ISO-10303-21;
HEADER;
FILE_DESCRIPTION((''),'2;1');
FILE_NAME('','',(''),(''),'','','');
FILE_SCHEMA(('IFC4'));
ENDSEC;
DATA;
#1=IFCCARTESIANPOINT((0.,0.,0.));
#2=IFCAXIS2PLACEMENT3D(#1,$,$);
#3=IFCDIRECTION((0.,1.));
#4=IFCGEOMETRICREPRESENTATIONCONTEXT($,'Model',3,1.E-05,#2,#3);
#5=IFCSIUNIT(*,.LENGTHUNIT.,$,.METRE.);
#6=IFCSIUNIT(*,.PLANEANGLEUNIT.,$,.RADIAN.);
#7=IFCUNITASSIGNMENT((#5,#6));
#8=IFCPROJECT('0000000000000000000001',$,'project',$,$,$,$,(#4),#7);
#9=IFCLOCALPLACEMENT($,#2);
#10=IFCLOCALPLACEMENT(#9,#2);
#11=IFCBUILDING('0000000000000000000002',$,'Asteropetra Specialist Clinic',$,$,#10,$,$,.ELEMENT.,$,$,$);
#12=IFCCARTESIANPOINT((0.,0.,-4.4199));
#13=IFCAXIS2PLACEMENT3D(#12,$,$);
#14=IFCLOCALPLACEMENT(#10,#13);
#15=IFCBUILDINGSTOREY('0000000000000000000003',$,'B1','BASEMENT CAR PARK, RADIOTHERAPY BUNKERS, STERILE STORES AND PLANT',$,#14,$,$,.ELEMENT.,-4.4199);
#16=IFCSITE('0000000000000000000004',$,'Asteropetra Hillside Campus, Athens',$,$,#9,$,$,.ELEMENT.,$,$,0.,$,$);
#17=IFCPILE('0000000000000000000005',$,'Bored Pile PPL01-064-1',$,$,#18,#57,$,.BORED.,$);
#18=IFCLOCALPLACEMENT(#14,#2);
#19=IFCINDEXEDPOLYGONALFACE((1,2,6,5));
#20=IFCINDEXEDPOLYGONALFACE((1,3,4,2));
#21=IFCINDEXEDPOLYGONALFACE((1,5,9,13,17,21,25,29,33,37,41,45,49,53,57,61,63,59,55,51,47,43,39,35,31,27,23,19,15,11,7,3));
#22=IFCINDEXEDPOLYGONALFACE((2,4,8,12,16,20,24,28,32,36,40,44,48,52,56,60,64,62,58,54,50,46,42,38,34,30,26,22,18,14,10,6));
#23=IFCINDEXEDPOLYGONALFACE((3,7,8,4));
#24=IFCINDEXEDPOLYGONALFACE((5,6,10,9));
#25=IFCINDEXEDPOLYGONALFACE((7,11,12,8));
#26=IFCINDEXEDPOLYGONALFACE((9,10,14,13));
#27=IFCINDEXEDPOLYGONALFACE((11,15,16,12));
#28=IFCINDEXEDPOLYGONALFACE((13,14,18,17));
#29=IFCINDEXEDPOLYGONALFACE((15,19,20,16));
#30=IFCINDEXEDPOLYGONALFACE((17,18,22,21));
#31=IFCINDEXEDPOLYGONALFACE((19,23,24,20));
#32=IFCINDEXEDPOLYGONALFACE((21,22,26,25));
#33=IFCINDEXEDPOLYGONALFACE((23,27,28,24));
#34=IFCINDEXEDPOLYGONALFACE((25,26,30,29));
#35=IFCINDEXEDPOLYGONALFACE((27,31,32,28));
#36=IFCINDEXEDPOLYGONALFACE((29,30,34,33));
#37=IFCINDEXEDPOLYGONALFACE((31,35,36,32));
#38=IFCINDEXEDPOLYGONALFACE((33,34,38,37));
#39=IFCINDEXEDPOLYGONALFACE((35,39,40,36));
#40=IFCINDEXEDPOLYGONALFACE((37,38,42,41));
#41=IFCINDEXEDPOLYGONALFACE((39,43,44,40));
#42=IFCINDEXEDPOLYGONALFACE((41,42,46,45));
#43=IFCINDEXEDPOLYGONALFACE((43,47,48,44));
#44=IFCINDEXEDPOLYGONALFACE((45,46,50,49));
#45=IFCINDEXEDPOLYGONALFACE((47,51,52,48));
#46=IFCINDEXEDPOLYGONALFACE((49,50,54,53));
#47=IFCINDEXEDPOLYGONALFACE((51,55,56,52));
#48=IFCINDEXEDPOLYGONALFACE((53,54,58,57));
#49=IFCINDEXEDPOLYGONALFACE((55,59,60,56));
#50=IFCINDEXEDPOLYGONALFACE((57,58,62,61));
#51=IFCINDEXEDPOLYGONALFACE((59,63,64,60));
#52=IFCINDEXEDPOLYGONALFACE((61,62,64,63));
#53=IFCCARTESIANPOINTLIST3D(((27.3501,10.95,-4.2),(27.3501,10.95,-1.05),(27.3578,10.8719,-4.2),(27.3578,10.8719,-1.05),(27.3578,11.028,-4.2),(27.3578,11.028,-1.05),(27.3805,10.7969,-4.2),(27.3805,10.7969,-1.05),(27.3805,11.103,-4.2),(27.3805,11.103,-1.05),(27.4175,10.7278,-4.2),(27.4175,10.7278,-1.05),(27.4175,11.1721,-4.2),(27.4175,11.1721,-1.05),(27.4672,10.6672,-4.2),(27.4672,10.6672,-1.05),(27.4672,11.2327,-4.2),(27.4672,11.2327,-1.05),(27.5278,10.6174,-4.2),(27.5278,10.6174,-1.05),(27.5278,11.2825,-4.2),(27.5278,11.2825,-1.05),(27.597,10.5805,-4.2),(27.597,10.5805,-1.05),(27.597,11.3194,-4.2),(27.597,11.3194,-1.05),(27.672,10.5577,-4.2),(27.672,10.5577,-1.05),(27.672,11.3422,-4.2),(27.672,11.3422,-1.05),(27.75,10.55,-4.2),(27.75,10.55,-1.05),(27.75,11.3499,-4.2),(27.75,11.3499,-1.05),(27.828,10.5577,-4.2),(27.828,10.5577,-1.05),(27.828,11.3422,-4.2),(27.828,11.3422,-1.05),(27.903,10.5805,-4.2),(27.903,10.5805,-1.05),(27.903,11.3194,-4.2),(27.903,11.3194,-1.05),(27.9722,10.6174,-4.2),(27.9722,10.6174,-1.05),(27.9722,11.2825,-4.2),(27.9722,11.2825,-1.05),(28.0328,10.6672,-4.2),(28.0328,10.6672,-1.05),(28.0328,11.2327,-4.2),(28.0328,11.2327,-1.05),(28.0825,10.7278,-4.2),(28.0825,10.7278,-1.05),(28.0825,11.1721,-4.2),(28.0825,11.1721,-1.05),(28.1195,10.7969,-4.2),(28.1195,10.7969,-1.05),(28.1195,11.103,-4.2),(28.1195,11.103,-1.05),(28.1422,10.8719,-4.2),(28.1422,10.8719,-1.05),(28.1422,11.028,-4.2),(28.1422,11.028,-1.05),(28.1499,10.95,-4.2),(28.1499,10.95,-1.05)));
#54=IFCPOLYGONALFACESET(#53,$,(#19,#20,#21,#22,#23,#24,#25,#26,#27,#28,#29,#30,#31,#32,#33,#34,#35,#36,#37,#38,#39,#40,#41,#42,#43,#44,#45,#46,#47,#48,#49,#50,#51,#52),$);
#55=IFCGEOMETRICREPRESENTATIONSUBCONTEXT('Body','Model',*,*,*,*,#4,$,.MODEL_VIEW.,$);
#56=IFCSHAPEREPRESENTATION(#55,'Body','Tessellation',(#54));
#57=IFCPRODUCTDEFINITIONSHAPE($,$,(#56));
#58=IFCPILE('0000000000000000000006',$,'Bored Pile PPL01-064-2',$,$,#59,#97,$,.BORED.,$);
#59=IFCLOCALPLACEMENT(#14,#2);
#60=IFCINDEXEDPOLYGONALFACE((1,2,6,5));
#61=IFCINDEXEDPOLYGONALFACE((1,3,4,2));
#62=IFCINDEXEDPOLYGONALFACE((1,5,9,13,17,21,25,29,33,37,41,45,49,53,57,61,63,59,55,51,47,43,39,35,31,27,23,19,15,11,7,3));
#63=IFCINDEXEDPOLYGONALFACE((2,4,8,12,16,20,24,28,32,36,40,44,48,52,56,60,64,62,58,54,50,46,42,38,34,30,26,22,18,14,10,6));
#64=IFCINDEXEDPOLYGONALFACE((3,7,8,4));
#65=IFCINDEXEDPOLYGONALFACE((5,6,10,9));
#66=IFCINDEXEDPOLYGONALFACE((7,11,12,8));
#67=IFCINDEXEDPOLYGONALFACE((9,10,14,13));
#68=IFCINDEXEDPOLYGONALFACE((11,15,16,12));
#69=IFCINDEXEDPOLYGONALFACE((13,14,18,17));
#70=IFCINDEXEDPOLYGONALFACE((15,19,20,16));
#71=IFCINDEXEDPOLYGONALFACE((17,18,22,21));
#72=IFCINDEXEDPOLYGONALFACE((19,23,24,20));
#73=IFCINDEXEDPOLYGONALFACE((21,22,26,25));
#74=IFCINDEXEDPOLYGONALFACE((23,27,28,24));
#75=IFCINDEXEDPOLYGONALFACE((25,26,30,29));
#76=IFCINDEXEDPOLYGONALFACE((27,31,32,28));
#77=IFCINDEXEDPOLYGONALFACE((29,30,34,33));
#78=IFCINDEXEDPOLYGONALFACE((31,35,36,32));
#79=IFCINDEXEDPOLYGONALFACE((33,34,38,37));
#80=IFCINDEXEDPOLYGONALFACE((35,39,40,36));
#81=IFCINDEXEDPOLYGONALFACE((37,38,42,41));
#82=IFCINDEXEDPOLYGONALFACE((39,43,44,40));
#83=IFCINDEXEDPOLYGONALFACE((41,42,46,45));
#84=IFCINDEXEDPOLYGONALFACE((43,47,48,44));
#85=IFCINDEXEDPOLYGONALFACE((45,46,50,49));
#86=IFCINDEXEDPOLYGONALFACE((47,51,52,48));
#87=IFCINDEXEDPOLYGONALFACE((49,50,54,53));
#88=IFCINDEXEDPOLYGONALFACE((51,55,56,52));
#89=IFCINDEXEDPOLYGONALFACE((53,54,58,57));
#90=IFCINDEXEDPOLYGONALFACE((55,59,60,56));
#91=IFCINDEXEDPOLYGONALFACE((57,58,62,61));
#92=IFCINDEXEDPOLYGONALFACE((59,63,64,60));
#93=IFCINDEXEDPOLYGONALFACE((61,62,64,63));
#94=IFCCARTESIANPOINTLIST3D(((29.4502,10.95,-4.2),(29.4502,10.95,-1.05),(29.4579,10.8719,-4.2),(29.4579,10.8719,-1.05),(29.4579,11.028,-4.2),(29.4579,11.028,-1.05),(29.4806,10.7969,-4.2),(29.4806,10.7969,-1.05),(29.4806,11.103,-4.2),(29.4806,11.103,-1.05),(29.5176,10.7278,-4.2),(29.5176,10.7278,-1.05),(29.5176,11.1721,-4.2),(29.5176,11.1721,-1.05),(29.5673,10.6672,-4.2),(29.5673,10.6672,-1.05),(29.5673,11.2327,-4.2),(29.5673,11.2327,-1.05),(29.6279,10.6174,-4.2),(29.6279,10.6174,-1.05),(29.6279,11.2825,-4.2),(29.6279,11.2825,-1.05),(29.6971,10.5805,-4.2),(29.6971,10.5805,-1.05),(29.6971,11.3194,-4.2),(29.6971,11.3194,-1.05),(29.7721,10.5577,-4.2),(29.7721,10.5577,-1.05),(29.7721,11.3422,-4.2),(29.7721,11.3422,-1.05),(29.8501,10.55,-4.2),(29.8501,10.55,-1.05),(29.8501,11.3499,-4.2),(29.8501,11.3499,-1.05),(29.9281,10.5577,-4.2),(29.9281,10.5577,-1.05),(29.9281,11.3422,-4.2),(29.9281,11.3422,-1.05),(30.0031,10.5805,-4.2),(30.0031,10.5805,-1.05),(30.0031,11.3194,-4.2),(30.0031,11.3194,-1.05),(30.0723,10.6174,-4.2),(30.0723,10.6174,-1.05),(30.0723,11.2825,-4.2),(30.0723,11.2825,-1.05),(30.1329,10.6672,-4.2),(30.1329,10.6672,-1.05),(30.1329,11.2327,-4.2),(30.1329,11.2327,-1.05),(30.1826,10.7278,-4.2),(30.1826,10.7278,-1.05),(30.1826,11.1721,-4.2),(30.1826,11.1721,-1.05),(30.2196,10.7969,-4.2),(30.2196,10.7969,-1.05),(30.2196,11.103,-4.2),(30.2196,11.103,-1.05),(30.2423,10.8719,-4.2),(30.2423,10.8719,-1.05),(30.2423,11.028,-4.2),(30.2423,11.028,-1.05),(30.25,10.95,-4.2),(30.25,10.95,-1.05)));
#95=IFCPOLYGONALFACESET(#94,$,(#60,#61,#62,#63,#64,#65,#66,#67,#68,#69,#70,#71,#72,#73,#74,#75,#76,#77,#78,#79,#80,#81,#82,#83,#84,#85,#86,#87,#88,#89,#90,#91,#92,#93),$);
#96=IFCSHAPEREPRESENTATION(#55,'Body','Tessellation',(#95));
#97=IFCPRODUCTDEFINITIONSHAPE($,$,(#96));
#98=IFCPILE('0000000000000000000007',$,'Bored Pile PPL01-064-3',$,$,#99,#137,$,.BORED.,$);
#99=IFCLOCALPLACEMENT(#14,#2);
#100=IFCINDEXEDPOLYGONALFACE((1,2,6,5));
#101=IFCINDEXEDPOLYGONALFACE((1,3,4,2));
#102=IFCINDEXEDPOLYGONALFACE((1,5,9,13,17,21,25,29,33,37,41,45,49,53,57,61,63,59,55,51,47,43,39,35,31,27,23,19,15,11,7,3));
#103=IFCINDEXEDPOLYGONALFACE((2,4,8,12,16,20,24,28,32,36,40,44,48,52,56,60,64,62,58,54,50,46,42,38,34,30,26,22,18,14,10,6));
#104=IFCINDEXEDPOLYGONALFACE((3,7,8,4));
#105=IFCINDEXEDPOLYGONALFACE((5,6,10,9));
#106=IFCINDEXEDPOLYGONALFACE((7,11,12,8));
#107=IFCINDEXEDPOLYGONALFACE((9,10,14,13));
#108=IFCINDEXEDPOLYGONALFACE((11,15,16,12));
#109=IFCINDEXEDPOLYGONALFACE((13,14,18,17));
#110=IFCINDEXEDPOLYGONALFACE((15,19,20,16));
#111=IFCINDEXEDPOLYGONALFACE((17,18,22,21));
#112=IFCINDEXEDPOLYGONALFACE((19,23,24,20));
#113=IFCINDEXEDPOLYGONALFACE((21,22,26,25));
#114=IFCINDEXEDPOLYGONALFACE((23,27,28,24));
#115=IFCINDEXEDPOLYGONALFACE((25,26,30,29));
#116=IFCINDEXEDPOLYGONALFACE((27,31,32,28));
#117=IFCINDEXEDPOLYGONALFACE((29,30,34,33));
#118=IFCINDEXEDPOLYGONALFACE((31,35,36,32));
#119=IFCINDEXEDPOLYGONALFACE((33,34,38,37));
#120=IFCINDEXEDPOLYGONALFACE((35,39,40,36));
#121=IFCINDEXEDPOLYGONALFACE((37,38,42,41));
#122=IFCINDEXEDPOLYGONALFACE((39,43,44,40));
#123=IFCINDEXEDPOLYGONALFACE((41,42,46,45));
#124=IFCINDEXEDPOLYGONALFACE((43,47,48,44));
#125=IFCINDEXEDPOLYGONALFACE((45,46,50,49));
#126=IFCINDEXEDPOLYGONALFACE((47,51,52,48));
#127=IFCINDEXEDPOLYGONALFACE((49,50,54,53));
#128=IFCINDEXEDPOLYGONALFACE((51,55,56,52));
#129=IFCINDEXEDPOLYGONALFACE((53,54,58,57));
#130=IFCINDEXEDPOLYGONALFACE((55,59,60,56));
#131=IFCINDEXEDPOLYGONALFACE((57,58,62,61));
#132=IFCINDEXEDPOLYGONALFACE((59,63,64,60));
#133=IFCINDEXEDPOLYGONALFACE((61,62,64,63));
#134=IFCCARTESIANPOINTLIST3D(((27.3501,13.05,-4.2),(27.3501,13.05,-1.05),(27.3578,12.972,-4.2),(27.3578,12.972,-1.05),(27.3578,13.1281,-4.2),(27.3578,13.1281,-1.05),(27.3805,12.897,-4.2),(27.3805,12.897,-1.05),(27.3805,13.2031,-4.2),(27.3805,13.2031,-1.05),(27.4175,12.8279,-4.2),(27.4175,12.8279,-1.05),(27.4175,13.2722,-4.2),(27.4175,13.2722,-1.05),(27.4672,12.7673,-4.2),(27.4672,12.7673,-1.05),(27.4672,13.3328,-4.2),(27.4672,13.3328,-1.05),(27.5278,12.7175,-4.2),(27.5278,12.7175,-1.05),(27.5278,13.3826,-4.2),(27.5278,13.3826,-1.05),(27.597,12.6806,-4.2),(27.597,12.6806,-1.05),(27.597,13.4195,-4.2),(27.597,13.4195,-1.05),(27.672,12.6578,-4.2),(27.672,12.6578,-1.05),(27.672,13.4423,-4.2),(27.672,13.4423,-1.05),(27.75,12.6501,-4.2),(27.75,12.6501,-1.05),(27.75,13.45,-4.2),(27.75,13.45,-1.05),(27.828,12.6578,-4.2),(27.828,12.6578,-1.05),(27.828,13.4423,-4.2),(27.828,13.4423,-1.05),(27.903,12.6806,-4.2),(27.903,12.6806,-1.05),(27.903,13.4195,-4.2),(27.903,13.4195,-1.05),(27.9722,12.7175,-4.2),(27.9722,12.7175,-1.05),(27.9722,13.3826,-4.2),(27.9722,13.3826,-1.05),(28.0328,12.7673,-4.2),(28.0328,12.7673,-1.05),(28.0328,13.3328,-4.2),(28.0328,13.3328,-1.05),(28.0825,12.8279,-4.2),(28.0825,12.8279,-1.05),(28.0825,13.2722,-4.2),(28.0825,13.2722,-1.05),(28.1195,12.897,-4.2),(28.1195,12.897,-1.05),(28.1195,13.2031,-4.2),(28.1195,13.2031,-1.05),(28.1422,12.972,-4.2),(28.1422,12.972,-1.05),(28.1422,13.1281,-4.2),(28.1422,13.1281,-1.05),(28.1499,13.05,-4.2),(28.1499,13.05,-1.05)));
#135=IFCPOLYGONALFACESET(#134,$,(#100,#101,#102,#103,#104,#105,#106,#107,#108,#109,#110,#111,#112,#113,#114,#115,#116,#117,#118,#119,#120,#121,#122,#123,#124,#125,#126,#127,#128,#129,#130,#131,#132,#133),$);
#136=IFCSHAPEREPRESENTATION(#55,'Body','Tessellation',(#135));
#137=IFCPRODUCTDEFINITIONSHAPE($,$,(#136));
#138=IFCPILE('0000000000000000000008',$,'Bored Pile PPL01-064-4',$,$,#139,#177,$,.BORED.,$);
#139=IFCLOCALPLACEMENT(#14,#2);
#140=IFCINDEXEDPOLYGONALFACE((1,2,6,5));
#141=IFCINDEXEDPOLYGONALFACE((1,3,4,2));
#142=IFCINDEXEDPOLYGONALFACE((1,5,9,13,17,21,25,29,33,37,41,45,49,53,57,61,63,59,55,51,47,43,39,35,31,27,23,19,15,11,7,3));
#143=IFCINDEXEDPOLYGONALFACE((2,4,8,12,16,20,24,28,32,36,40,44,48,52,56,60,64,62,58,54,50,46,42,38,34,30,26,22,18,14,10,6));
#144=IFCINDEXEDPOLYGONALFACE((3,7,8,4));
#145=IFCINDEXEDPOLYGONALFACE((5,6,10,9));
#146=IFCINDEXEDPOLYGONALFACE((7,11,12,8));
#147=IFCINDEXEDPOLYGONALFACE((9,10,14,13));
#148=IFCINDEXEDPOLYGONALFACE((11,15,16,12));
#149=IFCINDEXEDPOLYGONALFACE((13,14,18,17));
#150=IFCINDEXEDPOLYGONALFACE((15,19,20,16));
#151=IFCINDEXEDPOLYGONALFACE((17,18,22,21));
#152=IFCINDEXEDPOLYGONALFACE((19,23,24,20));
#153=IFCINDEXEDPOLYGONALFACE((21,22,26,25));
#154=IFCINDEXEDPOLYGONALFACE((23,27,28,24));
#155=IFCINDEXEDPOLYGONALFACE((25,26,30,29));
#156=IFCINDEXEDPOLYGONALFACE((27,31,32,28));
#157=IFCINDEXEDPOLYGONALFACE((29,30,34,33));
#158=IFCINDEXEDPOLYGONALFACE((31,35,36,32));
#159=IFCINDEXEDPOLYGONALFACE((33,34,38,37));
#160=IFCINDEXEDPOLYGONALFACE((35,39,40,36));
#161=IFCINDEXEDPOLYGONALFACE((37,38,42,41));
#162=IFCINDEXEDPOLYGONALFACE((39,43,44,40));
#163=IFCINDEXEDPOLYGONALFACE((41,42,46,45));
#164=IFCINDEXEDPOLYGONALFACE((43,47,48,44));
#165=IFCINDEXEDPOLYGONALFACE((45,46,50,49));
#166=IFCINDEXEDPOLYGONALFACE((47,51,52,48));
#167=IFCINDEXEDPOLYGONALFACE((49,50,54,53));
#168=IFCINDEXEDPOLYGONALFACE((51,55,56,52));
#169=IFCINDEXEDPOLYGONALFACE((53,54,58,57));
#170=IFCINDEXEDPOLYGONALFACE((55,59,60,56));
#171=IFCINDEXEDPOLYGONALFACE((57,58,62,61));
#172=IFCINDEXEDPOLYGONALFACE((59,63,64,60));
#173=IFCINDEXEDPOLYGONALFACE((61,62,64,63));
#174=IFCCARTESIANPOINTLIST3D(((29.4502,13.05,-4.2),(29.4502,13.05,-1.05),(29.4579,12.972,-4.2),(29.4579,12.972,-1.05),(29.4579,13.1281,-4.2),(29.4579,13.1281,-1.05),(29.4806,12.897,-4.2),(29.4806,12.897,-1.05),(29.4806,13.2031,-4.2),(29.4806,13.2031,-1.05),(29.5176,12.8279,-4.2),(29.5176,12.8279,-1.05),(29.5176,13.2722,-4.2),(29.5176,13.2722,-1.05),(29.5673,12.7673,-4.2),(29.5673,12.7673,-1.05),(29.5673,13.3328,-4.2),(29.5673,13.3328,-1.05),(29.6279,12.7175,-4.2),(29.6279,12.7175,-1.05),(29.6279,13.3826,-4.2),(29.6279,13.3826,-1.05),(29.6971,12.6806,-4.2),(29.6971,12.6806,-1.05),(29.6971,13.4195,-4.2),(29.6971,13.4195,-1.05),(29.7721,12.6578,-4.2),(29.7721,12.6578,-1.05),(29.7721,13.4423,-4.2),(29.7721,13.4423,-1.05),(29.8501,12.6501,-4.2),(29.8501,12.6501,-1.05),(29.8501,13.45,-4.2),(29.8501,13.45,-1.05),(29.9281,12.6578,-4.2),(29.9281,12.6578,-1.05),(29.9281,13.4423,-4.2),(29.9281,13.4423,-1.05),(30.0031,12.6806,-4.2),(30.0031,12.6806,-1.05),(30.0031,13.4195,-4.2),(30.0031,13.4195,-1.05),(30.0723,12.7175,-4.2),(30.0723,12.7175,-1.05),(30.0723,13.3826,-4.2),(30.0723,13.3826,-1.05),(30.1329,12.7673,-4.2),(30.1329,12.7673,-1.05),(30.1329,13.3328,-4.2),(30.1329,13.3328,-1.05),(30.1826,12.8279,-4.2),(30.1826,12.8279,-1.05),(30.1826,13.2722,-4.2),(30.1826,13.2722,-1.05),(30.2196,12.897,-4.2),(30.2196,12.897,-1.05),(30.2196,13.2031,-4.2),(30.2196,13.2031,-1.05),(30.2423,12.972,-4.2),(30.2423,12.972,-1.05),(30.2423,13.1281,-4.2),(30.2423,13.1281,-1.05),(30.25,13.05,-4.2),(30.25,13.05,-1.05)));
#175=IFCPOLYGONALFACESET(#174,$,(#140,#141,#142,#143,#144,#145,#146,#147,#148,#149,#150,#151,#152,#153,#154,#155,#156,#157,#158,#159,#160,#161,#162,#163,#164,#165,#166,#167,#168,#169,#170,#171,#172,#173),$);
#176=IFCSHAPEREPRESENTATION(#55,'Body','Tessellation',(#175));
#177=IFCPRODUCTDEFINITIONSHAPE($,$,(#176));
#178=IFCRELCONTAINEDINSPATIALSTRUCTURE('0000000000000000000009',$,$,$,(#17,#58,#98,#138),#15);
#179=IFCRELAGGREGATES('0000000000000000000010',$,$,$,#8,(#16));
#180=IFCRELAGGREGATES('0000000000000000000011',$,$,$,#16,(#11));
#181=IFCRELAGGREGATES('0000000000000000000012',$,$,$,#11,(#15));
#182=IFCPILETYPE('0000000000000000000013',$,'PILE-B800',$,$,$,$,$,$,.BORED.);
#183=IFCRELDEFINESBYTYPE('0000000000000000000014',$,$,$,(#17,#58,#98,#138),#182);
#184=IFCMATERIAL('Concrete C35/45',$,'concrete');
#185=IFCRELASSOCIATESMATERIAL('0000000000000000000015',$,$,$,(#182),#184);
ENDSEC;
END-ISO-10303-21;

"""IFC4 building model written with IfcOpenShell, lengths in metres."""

from ifc_helpers import new_model, si_unit, direction, frame, origin, origin_2d, place, context, subcontext, project, spatial, circle, extrude, material, material_profile, profile_set, type_object, element, save


model = new_model("IFC4")

# Units and contexts
model_context = context("Model", 3, precision=1e-05, world=origin(), true_north=direction((0.0, 1.0)))
body_context = subcontext(model_context, "Body", "Model", "MODEL_VIEW")
ifc_project = project(units=[si_unit("LENGTHUNIT", "METRE"), si_unit("PLANEANGLEUNIT", "RADIAN")], contexts=[model_context])

# Site, building, storey
site_placement = place(None, origin())
site = spatial("IfcSite", under=ifc_project, at=site_placement, Name="Asteropetra Hillside Campus, Athens", CompositionType="ELEMENT", RefElevation=0.0)
building_placement = place(site_placement, origin())
building = spatial("IfcBuilding", under=site, at=building_placement, Name="Asteropetra Specialist Clinic", CompositionType="ELEMENT")
storey_placement = place(building_placement, frame((0.0, 0.0, -4.4199)))
storey = spatial("IfcBuildingStorey", under=building, at=storey_placement, Name="B1", Description="BASEMENT CAR PARK, RADIOTHERAPY BUNKERS, STERILE STORES AND PLANT", CompositionType="ELEMENT", Elevation=-4.4199)

# Piles
ifc_material_1 = material(Name="Concrete C35/45", Category="concrete")
ifc_material_profile_1 = material_profile(ifc_material_1, circle(Radius=0.3999, at=origin_2d()), Name="PILE D800")
ifc_profile_set_1 = profile_set([ifc_material_profile_1], Name="Concrete C35/45")
pile_type_1 = type_object("IfcPileType", Name="PILE-B800", PredefinedType="BORED", material=ifc_profile_set_1)
for number, where, z_axis, x_axis, name in (
    (1, (27.75, 10.95, -1.05), (0.0, 0.0, -1.0), (1.0, 0.0, 0.0), "Bored Pile PPL01-064-1"),
    (2, (29.8501, 10.95, -1.05), (0.0, 0.0, -1.0), (1.0, 0.0, 0.0), "Bored Pile PPL01-064-2"),
    (3, (27.75, 13.05, -1.05), (0.0, 0.0, -1.0), (1.0, 0.0, 0.0), "Bored Pile PPL01-064-3"),
    (4, (29.8501, 13.05, -1.05), (0.0, 0.0, -1.0), (1.0, 0.0, 0.0), "Bored Pile PPL01-064-4"),
):
    element("IfcPile", number, at=place(storey_placement, frame(where, z_axis=z_axis, x_axis=x_axis)), inside=storey, type_object=pile_type_1, Name=name, PredefinedType="BORED", context=body_context, shape_type="SweptSolid", body=[
        extrude(circle(Radius=0.3999, at=origin_2d()), origin(), (0.0, 0.0, 1.0), 3.1499),
    ])

save(model, "model.ifc")
